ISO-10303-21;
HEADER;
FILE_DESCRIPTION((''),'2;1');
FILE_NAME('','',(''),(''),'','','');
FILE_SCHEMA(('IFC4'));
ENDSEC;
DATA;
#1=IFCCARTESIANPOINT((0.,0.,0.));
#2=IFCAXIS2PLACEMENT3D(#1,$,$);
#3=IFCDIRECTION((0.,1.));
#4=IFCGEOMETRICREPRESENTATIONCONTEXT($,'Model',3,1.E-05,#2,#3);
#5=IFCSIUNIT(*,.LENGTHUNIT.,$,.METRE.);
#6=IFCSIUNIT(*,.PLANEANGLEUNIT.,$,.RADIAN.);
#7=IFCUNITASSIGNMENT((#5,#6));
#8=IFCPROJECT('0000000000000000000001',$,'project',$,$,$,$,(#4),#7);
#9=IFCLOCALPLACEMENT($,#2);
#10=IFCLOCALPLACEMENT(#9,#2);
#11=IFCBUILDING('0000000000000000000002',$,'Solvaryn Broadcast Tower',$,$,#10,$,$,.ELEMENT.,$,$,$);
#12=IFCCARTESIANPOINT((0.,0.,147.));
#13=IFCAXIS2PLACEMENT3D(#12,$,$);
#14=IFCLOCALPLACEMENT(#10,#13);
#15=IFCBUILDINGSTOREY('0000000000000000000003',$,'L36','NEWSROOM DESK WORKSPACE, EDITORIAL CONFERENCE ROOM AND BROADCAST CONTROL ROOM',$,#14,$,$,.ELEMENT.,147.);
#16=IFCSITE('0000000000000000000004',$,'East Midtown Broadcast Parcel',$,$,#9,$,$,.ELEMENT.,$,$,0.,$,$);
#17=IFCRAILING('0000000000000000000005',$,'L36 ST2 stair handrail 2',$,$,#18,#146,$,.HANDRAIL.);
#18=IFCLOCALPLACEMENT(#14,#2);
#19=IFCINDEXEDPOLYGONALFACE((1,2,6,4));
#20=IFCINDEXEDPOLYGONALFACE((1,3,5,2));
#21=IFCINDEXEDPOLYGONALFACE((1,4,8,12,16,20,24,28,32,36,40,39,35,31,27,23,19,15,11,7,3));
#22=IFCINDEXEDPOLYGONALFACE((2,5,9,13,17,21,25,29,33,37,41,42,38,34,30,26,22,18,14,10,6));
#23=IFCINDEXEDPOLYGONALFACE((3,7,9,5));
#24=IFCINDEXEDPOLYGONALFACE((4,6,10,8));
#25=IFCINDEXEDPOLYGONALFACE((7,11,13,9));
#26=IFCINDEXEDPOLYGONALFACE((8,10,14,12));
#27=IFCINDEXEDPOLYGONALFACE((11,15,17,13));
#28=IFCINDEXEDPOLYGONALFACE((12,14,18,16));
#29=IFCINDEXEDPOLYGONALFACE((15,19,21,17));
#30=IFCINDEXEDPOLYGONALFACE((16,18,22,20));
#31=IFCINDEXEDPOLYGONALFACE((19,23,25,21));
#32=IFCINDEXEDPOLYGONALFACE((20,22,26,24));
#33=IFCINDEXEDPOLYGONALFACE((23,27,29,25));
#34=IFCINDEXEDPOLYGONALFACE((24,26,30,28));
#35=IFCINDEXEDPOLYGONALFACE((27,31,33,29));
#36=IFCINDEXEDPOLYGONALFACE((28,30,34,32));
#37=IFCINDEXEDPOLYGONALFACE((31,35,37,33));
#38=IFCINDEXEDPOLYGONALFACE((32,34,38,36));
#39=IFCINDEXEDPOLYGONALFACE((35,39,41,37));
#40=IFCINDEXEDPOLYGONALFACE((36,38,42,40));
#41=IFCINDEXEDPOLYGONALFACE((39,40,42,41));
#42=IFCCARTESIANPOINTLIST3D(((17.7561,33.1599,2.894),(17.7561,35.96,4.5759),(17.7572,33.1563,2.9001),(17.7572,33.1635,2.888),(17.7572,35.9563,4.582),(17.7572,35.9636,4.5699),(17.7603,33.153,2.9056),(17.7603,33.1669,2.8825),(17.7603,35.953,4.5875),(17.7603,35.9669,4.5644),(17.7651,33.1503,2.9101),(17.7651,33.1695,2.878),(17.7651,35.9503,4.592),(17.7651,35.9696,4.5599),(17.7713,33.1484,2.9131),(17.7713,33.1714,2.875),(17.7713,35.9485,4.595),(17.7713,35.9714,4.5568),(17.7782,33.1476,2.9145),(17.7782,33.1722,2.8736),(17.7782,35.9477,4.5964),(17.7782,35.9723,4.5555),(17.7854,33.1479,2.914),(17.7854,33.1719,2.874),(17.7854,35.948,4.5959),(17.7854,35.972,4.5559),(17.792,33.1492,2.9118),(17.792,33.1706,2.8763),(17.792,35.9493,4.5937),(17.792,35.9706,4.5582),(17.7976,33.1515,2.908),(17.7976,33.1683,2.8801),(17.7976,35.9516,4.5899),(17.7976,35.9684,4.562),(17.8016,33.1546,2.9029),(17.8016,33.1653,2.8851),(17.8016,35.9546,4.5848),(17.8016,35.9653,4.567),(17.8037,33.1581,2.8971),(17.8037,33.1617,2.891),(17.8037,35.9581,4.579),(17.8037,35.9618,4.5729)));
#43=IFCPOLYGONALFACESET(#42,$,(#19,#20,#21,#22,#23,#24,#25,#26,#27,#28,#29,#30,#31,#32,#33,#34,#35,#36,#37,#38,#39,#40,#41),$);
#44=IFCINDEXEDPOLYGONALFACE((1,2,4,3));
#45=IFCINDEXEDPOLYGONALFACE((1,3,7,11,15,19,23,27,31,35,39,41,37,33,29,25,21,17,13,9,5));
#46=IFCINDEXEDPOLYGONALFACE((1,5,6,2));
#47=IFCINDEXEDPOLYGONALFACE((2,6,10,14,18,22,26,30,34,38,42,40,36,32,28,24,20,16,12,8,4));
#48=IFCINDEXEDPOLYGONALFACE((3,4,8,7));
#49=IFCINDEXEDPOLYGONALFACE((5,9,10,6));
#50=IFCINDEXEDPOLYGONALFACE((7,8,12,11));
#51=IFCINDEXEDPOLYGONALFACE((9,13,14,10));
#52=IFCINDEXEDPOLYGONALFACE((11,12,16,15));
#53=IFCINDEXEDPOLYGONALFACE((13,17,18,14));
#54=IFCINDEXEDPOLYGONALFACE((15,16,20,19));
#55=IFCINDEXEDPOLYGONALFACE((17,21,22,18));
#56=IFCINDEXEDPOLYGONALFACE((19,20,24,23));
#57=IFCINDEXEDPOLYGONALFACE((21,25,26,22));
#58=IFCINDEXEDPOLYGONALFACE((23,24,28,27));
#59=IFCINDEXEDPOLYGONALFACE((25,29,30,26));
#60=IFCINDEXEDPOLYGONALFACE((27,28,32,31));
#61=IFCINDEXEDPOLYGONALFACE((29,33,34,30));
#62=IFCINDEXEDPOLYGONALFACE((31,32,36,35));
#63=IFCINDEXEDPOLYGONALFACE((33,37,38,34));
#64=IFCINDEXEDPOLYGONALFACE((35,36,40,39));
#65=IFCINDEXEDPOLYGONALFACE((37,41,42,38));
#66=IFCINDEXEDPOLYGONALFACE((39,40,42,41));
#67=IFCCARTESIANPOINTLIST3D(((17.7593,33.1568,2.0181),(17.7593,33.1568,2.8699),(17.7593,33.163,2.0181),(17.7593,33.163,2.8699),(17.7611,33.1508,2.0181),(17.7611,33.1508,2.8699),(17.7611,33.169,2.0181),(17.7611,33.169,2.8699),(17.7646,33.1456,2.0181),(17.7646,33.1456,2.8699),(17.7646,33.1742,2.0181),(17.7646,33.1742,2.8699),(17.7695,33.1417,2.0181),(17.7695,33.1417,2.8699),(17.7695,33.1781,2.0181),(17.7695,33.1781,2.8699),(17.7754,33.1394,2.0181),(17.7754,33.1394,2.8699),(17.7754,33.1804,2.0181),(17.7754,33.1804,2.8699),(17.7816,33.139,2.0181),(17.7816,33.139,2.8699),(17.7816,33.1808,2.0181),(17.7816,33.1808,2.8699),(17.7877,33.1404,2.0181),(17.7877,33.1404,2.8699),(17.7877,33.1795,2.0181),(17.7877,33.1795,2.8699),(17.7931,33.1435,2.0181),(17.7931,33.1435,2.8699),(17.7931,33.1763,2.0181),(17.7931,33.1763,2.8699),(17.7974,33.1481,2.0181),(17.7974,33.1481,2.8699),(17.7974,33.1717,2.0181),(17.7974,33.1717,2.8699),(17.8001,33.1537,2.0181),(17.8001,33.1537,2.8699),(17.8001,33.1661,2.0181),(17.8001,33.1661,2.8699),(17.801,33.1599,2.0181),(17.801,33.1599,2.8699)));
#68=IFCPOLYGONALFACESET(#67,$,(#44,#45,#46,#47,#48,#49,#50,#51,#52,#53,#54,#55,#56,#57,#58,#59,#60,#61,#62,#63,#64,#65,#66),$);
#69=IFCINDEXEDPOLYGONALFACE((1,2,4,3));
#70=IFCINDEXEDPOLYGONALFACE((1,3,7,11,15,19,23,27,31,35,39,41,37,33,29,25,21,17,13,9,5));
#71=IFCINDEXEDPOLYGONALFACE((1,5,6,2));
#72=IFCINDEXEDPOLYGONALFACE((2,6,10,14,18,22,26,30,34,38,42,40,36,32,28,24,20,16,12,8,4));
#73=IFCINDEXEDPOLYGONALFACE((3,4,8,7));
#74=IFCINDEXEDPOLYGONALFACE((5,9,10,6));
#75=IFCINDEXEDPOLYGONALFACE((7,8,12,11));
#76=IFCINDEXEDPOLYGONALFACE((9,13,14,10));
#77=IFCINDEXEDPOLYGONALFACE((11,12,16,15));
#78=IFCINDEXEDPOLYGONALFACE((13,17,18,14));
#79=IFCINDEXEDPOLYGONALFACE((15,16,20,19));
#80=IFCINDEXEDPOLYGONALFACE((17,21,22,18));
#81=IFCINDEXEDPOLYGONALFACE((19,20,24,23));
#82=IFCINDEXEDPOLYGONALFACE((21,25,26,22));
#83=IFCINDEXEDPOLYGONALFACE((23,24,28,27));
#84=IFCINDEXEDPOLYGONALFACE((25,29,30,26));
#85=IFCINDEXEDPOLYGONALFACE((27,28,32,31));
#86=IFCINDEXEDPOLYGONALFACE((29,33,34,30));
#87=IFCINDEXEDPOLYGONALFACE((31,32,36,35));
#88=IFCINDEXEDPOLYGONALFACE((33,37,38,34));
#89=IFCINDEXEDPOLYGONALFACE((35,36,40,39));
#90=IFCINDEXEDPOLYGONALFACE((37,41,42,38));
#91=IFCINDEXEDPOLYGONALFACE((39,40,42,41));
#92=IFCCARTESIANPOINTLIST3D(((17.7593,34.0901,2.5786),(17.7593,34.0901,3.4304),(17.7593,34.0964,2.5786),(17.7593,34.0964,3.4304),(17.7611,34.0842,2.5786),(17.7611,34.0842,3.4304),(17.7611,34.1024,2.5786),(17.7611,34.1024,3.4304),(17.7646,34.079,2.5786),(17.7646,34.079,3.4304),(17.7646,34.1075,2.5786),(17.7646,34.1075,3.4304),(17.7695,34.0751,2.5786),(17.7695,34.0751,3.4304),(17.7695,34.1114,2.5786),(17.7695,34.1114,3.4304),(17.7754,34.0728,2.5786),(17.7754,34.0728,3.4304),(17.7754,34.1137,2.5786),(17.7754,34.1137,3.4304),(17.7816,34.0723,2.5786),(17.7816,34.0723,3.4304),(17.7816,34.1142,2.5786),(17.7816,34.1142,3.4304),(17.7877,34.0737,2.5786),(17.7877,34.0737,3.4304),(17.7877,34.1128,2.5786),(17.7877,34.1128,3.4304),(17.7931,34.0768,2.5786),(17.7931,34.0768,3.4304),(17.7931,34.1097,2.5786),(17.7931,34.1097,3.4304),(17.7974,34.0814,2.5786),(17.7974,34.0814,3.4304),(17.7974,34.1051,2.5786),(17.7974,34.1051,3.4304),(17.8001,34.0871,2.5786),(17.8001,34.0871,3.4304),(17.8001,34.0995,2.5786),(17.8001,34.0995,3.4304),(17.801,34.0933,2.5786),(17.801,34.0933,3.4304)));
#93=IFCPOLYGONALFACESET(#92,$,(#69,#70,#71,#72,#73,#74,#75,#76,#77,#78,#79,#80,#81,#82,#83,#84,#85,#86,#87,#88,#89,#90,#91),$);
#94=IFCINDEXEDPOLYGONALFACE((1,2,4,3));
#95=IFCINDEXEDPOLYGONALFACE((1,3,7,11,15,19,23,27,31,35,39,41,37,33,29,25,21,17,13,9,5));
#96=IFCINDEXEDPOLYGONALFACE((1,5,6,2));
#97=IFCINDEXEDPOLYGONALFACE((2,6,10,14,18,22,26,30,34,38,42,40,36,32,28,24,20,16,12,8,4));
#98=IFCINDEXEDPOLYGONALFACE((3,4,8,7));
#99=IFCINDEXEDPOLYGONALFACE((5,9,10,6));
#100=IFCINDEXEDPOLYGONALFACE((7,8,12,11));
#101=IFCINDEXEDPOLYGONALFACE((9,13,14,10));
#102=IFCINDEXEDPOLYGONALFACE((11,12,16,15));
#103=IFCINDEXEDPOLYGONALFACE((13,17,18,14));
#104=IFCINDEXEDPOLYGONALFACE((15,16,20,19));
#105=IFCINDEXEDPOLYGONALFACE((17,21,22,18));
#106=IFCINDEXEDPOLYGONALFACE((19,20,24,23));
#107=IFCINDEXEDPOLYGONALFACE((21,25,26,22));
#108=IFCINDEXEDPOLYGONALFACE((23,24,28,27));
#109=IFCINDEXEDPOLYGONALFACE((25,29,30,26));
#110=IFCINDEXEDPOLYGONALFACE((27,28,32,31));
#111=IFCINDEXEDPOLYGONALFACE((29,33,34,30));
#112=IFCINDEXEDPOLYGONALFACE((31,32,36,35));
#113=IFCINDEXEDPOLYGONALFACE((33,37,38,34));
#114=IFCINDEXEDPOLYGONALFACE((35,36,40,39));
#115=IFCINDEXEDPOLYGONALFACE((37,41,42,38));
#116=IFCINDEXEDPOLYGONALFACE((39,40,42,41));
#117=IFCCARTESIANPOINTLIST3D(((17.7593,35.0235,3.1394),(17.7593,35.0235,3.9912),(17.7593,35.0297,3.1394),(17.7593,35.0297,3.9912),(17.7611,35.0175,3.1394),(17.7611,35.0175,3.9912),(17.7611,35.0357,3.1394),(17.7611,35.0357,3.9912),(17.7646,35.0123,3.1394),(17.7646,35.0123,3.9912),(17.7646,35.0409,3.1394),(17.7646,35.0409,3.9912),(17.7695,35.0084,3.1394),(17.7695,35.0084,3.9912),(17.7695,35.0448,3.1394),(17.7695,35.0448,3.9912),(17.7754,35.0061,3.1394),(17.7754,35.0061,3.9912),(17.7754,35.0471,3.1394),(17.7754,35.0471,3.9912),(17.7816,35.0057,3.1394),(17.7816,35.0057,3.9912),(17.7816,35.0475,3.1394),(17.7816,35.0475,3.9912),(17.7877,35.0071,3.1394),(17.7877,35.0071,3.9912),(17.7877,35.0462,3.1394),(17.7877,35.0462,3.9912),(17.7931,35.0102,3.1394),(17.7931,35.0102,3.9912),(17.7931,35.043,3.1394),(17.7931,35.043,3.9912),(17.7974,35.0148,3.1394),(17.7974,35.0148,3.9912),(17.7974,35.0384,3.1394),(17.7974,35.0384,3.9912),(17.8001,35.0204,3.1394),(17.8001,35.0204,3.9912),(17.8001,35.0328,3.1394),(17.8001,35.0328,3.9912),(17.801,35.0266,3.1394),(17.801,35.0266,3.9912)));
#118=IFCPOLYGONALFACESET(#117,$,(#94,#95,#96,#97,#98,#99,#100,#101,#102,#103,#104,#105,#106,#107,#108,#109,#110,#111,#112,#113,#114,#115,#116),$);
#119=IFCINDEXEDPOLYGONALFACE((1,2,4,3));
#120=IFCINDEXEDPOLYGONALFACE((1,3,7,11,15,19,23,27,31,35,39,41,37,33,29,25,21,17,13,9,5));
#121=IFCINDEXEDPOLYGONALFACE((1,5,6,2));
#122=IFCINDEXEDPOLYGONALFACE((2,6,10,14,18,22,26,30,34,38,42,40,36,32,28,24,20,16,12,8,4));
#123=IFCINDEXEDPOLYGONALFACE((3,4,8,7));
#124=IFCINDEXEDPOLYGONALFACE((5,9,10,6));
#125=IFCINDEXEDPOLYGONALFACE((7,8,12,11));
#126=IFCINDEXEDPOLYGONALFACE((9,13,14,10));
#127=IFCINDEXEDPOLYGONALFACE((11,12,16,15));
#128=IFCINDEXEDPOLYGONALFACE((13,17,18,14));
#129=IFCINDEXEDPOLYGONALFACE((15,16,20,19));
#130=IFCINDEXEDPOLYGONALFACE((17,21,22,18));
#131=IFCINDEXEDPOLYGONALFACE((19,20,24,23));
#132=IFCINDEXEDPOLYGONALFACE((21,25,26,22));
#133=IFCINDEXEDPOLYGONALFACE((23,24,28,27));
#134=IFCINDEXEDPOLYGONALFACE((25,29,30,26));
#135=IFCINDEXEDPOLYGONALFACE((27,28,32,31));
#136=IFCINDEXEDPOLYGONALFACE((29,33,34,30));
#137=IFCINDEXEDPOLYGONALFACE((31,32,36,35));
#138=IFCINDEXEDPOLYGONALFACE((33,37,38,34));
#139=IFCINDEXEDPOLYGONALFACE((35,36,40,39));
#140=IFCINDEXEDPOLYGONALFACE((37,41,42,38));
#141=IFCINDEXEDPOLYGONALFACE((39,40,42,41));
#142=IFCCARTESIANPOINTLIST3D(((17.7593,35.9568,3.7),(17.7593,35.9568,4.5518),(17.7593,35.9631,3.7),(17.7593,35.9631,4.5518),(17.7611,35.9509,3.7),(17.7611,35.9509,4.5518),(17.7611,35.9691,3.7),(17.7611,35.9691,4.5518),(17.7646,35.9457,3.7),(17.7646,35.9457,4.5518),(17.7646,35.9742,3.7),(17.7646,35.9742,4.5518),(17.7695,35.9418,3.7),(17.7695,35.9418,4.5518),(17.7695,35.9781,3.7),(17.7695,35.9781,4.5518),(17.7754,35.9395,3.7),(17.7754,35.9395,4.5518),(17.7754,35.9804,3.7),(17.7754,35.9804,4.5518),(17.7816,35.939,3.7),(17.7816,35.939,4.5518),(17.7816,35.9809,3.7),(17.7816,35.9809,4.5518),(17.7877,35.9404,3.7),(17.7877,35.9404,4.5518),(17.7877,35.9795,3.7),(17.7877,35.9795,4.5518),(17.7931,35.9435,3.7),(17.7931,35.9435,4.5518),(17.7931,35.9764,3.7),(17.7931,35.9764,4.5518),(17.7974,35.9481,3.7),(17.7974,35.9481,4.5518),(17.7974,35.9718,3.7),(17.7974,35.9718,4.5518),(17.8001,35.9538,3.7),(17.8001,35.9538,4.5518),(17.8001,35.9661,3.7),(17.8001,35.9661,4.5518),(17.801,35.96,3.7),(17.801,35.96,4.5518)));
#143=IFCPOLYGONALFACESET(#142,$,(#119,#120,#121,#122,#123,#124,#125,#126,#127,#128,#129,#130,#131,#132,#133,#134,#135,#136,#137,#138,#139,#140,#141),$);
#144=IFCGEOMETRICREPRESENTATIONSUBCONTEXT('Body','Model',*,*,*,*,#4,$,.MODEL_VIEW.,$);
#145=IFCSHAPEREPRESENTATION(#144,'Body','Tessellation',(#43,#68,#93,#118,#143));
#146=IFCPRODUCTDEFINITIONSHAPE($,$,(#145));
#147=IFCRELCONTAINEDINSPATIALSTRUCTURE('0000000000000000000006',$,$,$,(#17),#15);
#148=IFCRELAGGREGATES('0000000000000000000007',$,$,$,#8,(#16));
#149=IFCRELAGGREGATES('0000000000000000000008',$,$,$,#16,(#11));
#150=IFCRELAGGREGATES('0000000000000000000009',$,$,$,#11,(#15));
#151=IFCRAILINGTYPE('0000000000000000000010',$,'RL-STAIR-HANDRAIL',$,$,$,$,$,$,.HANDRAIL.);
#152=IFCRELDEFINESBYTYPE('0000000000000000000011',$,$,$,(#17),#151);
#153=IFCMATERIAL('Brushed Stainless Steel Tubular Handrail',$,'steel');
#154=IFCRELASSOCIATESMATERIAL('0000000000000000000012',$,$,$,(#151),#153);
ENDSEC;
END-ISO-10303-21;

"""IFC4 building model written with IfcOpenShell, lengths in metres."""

from ifc_helpers import new_model, si_unit, direction, frame, origin, origin_2d, place, context, subcontext, project, spatial, circle, extrude, material, type_object, element, save


model = new_model("IFC4")

# Units and contexts
model_context = context("Model", 3, precision=1e-05, world=origin(), true_north=direction((0.0, 1.0)))
body_context = subcontext(model_context, "Body", "Model", "MODEL_VIEW")
ifc_project = project(units=[si_unit("LENGTHUNIT", "METRE"), si_unit("PLANEANGLEUNIT", "RADIAN")], contexts=[model_context])

# Site, building, storey
site_placement = place(None, origin())
site = spatial("IfcSite", under=ifc_project, at=site_placement, Name="East Midtown Broadcast Parcel", CompositionType="ELEMENT", RefElevation=0.0)
building_placement = place(site_placement, origin())
building = spatial("IfcBuilding", under=site, at=building_placement, Name="Solvaryn Broadcast Tower", CompositionType="ELEMENT")
storey_placement = place(building_placement, frame((0.0, 0.0, 147.0)))
storey = spatial("IfcBuildingStorey", under=building, at=storey_placement, Name="L36", Description="NEWSROOM DESK WORKSPACE, EDITORIAL CONFERENCE ROOM AND BROADCAST CONTROL ROOM", CompositionType="ELEMENT", Elevation=147.0)

# Railing
ifc_material_1 = material(Name="Brushed Stainless Steel Tubular Handrail", Category="steel")
railing_type_1 = type_object("IfcRailingType", Name="RL-STAIR-HANDRAIL", PredefinedType="HANDRAIL", material=ifc_material_1)
railing_1_placement = place(storey_placement, frame((17.78, 33.1599, 2.0181)))
element("IfcRailing", 1, at=railing_1_placement, inside=storey, type_object=railing_type_1, Name="L36 ST2 stair handrail 2", PredefinedType="HANDRAIL", context=body_context, shape_type="SweptSolid", body=[
    extrude(circle(Radius=0.0239, at=origin_2d()), frame((0.0, 0.0, 0.876), z_axis=(0.0, 0.857242, 0.514913), x_axis=(-1.0, 0.0, 0.0)), (0.0, 0.0, 1.0), 3.2664),
    extrude(circle(Radius=0.021, at=origin_2d()), origin(), (0.0, 0.0, 1.0), 0.8518),
    extrude(circle(Radius=0.021, at=origin_2d()), frame((0.0, 0.9333, 0.5605)), (0.0, 0.0, 1.0), 0.8518),
    extrude(circle(Radius=0.021, at=origin_2d()), frame((0.0, 1.8667, 1.1213)), (0.0, 0.0, 1.0), 0.8518),
    extrude(circle(Radius=0.021, at=origin_2d()), frame((0.0, 2.8, 1.6819)), (0.0, 0.0, 1.0), 0.8518),
])

save(model, "model.ifc")
